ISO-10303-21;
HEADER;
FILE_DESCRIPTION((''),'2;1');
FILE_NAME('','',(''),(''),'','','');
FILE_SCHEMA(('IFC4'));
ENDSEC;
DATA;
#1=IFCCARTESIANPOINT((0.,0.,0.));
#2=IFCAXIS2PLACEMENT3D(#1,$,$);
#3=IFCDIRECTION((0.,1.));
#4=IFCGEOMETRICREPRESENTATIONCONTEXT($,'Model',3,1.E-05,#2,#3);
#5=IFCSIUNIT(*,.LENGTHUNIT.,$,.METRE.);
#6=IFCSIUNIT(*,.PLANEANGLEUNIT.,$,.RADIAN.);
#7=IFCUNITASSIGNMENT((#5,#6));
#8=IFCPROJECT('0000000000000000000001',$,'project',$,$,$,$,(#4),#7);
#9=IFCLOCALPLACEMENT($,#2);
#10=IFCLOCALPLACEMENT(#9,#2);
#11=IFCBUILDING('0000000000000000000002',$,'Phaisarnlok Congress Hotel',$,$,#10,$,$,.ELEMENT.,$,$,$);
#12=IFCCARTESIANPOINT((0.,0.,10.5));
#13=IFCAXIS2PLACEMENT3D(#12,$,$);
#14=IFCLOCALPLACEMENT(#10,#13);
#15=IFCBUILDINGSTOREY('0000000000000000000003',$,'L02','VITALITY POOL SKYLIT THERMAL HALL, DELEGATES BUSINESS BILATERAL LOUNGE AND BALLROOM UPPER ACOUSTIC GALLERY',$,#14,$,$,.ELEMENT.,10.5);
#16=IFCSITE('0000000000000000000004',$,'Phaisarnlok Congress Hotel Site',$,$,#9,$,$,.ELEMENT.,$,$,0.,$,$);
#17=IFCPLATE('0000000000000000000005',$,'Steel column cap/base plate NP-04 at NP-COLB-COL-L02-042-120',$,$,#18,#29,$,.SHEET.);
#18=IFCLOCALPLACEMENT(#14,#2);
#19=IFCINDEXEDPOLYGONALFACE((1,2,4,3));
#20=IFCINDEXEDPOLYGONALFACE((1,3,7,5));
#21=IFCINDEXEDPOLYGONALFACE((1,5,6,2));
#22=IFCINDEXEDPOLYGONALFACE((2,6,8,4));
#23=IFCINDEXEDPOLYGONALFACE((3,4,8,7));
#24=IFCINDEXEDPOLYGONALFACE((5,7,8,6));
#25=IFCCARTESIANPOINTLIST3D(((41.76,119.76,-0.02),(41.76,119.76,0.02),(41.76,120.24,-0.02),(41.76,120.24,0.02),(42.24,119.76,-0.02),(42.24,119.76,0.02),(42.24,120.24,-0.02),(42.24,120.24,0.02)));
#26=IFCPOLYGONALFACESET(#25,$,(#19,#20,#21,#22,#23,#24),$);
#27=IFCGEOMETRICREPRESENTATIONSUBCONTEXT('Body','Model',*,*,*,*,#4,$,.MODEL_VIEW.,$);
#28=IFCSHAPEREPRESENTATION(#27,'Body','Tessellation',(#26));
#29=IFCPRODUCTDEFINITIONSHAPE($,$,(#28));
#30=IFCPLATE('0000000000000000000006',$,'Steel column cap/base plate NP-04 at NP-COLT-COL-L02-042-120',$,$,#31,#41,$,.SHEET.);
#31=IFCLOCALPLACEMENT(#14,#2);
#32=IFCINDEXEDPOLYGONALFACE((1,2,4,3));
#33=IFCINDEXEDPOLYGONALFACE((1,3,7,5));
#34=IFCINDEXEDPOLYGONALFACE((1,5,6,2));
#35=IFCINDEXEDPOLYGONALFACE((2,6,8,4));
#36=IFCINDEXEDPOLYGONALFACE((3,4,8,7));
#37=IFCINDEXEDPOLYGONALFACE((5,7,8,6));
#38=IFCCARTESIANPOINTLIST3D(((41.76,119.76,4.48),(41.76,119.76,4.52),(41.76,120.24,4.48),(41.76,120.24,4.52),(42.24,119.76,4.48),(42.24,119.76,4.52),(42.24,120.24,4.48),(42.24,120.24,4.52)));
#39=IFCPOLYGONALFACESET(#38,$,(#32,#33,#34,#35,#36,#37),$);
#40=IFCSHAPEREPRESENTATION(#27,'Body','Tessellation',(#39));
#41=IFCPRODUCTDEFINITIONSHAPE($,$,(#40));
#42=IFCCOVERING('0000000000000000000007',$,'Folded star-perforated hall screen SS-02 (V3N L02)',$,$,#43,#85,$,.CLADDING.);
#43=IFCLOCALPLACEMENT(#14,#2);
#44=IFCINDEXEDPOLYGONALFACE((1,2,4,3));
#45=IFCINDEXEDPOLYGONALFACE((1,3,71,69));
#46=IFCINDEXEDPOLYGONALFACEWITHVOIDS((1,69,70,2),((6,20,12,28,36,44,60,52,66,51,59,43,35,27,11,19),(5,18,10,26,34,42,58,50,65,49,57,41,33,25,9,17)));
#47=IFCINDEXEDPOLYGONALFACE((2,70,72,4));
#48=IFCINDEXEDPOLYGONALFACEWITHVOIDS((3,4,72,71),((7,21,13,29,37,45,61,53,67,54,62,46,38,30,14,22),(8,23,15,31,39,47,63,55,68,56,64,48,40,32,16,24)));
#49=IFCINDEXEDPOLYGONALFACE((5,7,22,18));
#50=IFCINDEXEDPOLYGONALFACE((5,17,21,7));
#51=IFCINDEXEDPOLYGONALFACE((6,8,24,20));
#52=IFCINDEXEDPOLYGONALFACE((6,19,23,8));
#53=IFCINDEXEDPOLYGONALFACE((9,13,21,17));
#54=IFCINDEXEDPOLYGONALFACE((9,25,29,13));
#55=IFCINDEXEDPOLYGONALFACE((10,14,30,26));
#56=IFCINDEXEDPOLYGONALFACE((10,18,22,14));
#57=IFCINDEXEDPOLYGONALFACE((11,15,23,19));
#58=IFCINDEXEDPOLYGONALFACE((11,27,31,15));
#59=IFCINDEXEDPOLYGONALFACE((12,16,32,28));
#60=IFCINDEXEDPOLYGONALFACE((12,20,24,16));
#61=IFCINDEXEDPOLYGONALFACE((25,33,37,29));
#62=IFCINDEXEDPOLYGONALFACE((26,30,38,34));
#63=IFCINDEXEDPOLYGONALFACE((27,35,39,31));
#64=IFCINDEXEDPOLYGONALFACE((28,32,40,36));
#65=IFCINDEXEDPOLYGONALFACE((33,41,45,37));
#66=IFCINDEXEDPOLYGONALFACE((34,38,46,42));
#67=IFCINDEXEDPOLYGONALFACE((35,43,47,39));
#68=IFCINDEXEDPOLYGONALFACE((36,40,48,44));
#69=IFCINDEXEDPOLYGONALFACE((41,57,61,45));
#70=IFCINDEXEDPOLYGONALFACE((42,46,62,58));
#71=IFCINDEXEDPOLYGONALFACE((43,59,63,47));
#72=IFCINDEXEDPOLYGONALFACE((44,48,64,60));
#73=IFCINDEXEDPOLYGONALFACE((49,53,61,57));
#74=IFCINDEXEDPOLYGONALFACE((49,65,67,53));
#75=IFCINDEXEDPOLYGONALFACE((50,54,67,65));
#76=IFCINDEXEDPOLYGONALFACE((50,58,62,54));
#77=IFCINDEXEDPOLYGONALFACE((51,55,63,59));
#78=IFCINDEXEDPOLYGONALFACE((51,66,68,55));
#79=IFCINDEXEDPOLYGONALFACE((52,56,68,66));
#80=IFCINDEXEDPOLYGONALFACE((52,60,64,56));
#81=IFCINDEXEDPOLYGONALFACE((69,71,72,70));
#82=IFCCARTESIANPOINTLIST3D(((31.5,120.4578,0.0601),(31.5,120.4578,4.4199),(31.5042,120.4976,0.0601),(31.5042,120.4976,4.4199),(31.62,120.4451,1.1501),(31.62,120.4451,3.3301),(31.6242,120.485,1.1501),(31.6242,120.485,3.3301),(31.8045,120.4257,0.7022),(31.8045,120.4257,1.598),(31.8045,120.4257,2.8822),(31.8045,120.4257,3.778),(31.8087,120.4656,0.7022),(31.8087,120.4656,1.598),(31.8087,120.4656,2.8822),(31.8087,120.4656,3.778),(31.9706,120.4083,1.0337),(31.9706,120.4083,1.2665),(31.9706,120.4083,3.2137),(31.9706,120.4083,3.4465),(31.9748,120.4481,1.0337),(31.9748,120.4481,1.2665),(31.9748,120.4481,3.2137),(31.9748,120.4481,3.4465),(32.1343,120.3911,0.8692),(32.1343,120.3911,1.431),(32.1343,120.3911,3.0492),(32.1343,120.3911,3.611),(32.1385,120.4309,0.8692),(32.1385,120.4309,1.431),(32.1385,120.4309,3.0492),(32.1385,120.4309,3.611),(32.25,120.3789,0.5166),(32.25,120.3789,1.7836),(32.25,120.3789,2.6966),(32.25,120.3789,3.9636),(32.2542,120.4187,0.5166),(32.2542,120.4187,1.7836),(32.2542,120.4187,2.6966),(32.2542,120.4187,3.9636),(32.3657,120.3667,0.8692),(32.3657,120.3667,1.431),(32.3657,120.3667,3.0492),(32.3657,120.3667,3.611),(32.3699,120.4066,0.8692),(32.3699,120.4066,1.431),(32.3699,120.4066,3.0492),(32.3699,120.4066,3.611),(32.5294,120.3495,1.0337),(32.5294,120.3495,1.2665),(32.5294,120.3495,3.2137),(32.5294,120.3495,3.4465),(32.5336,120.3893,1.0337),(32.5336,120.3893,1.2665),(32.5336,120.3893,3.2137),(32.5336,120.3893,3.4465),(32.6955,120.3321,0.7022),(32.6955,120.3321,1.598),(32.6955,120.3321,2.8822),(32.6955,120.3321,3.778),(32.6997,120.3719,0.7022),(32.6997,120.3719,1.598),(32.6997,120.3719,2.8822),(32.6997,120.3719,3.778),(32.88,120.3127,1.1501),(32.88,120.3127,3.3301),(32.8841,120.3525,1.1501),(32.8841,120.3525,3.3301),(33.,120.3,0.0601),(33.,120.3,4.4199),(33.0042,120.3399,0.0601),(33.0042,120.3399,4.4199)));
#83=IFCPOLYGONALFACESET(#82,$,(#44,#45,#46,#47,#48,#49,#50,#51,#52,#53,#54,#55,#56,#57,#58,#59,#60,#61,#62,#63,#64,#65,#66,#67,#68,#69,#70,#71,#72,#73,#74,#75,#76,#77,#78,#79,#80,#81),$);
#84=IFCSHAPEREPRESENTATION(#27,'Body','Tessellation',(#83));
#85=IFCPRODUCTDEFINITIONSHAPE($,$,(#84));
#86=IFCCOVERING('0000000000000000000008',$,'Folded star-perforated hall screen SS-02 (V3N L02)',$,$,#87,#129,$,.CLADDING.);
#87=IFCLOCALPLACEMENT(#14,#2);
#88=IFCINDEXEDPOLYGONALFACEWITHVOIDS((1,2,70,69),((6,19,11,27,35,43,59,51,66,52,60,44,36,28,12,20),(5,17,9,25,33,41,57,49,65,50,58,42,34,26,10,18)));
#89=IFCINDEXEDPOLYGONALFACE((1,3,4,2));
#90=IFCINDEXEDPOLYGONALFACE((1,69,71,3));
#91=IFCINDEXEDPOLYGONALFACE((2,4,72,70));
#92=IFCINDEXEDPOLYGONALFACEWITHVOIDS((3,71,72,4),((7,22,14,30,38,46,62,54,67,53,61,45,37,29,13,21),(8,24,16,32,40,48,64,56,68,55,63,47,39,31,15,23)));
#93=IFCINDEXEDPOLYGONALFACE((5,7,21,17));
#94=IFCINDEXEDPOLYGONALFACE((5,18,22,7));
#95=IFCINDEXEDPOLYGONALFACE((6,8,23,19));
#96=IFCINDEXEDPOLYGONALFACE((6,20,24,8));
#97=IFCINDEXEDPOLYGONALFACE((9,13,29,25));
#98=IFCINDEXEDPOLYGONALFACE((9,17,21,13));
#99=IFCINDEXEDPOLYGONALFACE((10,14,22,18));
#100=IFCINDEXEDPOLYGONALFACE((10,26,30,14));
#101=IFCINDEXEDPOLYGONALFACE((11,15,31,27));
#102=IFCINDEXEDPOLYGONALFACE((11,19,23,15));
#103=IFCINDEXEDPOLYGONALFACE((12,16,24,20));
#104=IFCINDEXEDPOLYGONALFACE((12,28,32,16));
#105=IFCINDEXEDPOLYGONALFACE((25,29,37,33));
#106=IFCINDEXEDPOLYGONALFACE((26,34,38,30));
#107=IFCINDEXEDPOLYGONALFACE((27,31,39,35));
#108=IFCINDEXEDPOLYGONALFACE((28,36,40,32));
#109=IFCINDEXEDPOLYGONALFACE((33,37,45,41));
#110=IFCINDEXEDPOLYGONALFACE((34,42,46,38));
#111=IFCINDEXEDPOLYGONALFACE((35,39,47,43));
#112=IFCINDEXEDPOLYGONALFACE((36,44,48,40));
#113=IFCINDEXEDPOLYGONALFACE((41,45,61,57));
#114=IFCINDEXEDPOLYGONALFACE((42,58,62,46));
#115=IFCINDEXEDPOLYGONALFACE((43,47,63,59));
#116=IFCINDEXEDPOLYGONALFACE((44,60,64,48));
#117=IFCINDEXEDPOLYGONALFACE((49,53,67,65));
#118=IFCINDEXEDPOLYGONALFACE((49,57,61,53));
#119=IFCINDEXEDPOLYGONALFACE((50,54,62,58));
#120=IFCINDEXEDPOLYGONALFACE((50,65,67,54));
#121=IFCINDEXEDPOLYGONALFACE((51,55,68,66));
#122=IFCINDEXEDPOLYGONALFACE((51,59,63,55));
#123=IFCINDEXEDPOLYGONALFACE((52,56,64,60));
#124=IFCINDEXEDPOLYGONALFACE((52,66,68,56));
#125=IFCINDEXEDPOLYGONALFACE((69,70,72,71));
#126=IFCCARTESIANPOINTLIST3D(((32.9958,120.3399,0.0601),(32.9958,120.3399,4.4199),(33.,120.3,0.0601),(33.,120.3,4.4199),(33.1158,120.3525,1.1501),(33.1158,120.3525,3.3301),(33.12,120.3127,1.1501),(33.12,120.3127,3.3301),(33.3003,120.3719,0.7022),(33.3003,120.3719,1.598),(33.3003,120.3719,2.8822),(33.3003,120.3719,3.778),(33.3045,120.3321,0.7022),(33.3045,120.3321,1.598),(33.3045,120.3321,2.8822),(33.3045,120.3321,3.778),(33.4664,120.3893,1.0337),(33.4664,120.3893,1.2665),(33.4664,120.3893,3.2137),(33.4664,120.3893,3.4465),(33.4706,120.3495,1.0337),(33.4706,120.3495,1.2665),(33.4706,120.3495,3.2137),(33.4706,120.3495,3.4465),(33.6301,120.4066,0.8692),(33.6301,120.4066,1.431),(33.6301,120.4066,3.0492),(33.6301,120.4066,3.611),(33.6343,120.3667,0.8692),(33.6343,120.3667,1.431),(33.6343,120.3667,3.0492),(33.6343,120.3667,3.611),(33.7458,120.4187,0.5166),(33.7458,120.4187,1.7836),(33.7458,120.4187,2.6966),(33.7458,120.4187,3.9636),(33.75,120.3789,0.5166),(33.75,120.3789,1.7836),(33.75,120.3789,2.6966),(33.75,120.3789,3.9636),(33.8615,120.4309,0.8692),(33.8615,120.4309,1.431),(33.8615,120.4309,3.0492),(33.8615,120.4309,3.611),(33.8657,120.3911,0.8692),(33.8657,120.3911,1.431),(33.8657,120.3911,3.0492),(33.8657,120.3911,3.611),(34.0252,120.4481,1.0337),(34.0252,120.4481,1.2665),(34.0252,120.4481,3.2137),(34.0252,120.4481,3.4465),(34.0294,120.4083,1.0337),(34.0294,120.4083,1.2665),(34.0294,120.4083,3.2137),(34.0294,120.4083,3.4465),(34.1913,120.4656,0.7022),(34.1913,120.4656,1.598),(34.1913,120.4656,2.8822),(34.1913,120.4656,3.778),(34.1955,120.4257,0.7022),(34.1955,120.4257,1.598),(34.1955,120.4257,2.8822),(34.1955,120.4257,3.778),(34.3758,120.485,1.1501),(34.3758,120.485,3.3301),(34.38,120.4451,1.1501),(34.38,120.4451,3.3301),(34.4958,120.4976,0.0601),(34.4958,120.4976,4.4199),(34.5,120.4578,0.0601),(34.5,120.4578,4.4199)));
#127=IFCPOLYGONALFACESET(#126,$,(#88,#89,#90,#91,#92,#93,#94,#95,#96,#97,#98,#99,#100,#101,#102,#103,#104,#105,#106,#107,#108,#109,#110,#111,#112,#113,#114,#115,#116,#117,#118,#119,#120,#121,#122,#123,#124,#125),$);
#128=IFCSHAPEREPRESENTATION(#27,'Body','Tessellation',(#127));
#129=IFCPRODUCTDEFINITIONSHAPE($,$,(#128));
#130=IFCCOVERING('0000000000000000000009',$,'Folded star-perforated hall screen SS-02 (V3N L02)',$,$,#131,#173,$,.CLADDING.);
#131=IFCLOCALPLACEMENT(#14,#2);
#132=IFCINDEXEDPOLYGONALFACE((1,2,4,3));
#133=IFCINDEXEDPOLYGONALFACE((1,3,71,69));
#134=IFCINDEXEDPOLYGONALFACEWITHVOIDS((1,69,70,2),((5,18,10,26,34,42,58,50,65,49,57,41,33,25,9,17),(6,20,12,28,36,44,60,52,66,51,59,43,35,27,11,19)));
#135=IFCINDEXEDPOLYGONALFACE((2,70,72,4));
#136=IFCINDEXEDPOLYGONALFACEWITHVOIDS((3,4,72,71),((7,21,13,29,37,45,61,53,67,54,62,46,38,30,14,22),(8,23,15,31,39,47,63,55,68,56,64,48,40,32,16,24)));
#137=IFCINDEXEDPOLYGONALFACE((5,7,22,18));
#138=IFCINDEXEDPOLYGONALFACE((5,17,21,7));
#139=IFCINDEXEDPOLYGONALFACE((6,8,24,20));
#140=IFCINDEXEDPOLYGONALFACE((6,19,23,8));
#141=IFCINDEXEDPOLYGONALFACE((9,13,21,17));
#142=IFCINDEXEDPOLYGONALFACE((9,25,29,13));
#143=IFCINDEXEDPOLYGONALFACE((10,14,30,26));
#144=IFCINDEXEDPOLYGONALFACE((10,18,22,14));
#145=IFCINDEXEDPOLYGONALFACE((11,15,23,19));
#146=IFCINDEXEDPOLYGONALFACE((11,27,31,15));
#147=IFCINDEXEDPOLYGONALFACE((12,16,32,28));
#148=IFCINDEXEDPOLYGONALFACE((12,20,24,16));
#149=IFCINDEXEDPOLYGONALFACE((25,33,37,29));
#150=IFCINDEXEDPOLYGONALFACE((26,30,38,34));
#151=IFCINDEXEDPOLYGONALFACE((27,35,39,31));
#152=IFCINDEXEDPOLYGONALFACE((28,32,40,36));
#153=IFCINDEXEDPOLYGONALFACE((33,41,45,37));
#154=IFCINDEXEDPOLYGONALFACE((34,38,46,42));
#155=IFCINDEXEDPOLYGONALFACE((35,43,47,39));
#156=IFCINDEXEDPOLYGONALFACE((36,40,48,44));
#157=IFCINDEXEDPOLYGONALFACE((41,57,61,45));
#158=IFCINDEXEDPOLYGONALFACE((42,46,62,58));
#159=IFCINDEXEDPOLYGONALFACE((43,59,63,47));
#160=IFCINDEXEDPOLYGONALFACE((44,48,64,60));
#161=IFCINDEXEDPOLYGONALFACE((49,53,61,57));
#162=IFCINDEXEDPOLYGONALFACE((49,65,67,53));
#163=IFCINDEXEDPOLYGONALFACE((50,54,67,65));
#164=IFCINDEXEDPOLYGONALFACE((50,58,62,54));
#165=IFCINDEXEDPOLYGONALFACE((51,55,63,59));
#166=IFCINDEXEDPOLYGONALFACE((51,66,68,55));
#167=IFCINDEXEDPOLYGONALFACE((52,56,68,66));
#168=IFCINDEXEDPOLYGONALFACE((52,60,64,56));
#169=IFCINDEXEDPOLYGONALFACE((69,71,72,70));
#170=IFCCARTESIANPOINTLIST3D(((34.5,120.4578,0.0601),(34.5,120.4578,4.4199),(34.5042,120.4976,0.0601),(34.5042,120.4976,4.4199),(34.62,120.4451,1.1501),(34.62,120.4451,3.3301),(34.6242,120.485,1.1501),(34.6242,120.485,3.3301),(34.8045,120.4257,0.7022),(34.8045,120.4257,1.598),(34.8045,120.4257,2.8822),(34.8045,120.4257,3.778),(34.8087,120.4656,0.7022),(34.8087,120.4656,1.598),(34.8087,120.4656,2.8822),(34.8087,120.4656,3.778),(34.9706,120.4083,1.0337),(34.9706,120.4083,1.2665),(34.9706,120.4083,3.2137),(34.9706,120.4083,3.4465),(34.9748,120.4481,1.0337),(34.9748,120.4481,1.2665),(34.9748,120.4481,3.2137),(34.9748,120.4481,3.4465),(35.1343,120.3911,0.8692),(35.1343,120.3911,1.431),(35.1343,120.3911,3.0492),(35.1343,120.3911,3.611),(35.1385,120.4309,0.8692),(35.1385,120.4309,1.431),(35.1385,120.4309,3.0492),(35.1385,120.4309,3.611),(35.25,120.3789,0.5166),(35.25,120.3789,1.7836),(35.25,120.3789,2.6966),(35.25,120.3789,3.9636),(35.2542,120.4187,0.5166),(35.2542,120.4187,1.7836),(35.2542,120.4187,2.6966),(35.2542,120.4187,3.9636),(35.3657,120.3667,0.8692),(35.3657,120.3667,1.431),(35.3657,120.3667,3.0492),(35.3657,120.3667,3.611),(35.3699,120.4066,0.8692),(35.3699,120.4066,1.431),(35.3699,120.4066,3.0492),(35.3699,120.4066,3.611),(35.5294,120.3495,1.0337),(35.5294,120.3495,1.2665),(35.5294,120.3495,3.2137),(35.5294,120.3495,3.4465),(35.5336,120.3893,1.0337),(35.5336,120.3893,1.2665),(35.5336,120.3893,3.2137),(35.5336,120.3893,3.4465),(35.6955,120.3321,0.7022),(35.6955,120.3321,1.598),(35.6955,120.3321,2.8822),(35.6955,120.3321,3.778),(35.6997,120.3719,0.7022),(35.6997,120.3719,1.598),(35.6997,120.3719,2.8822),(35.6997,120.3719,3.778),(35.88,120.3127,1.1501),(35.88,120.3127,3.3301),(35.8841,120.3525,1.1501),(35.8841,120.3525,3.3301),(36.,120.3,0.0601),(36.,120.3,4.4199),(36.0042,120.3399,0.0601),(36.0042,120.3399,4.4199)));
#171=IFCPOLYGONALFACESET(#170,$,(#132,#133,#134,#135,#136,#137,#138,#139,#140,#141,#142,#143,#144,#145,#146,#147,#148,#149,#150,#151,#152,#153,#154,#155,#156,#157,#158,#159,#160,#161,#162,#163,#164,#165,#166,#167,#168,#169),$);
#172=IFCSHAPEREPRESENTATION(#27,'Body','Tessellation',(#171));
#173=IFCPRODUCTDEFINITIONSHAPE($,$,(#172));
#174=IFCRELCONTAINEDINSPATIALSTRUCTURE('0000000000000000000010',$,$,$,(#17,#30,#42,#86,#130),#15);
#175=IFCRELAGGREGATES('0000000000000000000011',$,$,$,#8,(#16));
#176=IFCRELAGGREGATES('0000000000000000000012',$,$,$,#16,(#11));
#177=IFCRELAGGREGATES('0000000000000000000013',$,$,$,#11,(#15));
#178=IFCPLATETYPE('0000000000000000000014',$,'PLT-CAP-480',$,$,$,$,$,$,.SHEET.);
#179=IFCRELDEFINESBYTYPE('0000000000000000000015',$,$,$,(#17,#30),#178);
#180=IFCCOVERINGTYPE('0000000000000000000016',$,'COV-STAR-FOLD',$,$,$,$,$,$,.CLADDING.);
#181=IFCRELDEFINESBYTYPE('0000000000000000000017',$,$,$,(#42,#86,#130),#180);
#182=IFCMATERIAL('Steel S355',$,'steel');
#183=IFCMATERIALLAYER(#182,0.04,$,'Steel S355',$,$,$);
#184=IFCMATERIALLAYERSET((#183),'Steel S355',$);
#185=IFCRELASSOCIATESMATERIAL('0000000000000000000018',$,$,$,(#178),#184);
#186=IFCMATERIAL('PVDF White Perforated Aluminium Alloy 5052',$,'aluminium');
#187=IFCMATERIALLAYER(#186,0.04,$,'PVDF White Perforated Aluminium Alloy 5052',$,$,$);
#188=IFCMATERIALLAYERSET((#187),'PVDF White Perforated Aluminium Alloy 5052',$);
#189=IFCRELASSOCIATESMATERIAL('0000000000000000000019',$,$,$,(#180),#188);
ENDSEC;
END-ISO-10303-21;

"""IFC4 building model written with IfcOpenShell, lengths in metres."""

from ifc_helpers import new_model, si_unit, direction, frame, origin, origin_2d, place, context, subcontext, project, spatial, polyline, rectangle, outline, extrude, material, layer, layer_set, type_object, element, save


model = new_model("IFC4")

# Units and contexts
model_context = context("Model", 3, precision=1e-05, world=origin(), true_north=direction((0.0, 1.0)))
body_context = subcontext(model_context, "Body", "Model", "MODEL_VIEW")
ifc_project = project(units=[si_unit("LENGTHUNIT", "METRE"), si_unit("PLANEANGLEUNIT", "RADIAN")], contexts=[model_context])

# Site, building, storey
site_placement = place(None, origin())
site = spatial("IfcSite", under=ifc_project, at=site_placement, Name="Phaisarnlok Congress Hotel Site", CompositionType="ELEMENT", RefElevation=0.0)
building_placement = place(site_placement, origin())
building = spatial("IfcBuilding", under=site, at=building_placement, Name="Phaisarnlok Congress Hotel", CompositionType="ELEMENT")
storey_placement = place(building_placement, frame((0.0, 0.0, 10.5)))
storey = spatial("IfcBuildingStorey", under=building, at=storey_placement, Name="L02", Description="VITALITY POOL SKYLIT THERMAL HALL, DELEGATES BUSINESS BILATERAL LOUNGE AND BALLROOM UPPER ACOUSTIC GALLERY", CompositionType="ELEMENT", Elevation=10.5)

# Plates
ifc_material_1 = material(Name="Steel S355", Category="steel")
ifc_layer_1 = layer(ifc_material_1, 0.04, Name="Steel S355")
ifc_layer_set_1 = layer_set([ifc_layer_1], Name="Steel S355")
plate_type = type_object("IfcPlateType", Name="PLT-CAP-480", PredefinedType="SHEET", material=ifc_layer_set_1)
for number, where, z_axis, x_axis, name in (
    (1, (42.0, 120.0, -0.02), (0.0, 0.0, 1.0), (1.0, 0.0, 0.0), "Steel column cap/base plate NP-04 at NP-COLB-COL-L02-042-120"),
    (2, (42.0, 120.0, 4.48), (0.0, 0.0, 1.0), (1.0, 0.0, 0.0), "Steel column cap/base plate NP-04 at NP-COLT-COL-L02-042-120"),
):
    element("IfcPlate", number, at=place(storey_placement, frame(where, z_axis=z_axis, x_axis=x_axis)), inside=storey, type_object=plate_type, Name=name, PredefinedType="SHEET", context=body_context, shape_type="SweptSolid", body=[
        extrude(rectangle(XDim=0.48, YDim=0.48, at=origin_2d()), origin(), (0.0, 0.0, 1.0), 0.04),
    ])

# Coverings
ifc_material_2 = material(Name="PVDF White Perforated Aluminium Alloy 5052", Category="aluminium")
ifc_layer_2 = layer(ifc_material_2, 0.04, Name="PVDF White Perforated Aluminium Alloy 5052")
ifc_layer_set_2 = layer_set([ifc_layer_2], Name="PVDF White Perforated Aluminium Alloy 5052")
covering_type = type_object("IfcCoveringType", Name="COV-STAR-FOLD", PredefinedType="CLADDING", material=ifc_layer_set_2)
for number, where, z_axis, x_axis, name in (
    (3, (33.0, 120.3, 0.0601), (0.104567, 0.994518, 0.0), (-0.994518, 0.104567, 0.0), "Folded star-perforated hall screen SS-02 (V3N L02)"),
    (4, (34.5, 120.4578, 0.0601), (-0.104567, 0.994518, 0.0), (-0.994518, -0.104567, 0.0), "Folded star-perforated hall screen SS-02 (V3N L02)"),
    (5, (36.0, 120.3, 0.0601), (0.104567, 0.994518, 0.0), (-0.994518, 0.104567, 0.0), "Folded star-perforated hall screen SS-02 (V3N L02)"),
):
    element("IfcCovering", number, at=place(storey_placement, frame(where, z_axis=z_axis, x_axis=x_axis)), inside=storey, type_object=covering_type, Name=name, PredefinedType="CLADDING", context=body_context, shape_type="SweptSolid", body=[
        extrude(outline(polyline([(0.0, 0.0), (1.5083, 0.0), (1.5083, 4.3599), (0.0, 4.3599), (0.0, 0.0)]), holes=[polyline([(1.0351, 0.9736), (1.2021, 0.6421), (0.8705, 0.8091), (0.7541, 0.4565), (0.6378, 0.8091), (0.3062, 0.6421), (0.4732, 0.9736), (0.1207, 1.09), (0.4732, 1.2064), (0.3062, 1.5379), (0.6378, 1.3709), (0.7541, 1.7235), (0.8705, 1.3709), (1.2021, 1.5379), (1.0351, 1.2064), (1.3876, 1.09), (1.0351, 0.9736)]), polyline([(1.0351, 3.1536), (1.2021, 2.8221), (0.8705, 2.9891), (0.7541, 2.6365), (0.6378, 2.9891), (0.3062, 2.8221), (0.4732, 3.1536), (0.1207, 3.27), (0.4732, 3.3864), (0.3062, 3.7179), (0.6378, 3.5509), (0.7541, 3.9035), (0.8705, 3.5509), (1.2021, 3.7179), (1.0351, 3.3864), (1.3876, 3.27), (1.0351, 3.1536)])]), origin(), (0.0, 0.0, 1.0), 0.04),
    ])

save(model, "model.ifc")
